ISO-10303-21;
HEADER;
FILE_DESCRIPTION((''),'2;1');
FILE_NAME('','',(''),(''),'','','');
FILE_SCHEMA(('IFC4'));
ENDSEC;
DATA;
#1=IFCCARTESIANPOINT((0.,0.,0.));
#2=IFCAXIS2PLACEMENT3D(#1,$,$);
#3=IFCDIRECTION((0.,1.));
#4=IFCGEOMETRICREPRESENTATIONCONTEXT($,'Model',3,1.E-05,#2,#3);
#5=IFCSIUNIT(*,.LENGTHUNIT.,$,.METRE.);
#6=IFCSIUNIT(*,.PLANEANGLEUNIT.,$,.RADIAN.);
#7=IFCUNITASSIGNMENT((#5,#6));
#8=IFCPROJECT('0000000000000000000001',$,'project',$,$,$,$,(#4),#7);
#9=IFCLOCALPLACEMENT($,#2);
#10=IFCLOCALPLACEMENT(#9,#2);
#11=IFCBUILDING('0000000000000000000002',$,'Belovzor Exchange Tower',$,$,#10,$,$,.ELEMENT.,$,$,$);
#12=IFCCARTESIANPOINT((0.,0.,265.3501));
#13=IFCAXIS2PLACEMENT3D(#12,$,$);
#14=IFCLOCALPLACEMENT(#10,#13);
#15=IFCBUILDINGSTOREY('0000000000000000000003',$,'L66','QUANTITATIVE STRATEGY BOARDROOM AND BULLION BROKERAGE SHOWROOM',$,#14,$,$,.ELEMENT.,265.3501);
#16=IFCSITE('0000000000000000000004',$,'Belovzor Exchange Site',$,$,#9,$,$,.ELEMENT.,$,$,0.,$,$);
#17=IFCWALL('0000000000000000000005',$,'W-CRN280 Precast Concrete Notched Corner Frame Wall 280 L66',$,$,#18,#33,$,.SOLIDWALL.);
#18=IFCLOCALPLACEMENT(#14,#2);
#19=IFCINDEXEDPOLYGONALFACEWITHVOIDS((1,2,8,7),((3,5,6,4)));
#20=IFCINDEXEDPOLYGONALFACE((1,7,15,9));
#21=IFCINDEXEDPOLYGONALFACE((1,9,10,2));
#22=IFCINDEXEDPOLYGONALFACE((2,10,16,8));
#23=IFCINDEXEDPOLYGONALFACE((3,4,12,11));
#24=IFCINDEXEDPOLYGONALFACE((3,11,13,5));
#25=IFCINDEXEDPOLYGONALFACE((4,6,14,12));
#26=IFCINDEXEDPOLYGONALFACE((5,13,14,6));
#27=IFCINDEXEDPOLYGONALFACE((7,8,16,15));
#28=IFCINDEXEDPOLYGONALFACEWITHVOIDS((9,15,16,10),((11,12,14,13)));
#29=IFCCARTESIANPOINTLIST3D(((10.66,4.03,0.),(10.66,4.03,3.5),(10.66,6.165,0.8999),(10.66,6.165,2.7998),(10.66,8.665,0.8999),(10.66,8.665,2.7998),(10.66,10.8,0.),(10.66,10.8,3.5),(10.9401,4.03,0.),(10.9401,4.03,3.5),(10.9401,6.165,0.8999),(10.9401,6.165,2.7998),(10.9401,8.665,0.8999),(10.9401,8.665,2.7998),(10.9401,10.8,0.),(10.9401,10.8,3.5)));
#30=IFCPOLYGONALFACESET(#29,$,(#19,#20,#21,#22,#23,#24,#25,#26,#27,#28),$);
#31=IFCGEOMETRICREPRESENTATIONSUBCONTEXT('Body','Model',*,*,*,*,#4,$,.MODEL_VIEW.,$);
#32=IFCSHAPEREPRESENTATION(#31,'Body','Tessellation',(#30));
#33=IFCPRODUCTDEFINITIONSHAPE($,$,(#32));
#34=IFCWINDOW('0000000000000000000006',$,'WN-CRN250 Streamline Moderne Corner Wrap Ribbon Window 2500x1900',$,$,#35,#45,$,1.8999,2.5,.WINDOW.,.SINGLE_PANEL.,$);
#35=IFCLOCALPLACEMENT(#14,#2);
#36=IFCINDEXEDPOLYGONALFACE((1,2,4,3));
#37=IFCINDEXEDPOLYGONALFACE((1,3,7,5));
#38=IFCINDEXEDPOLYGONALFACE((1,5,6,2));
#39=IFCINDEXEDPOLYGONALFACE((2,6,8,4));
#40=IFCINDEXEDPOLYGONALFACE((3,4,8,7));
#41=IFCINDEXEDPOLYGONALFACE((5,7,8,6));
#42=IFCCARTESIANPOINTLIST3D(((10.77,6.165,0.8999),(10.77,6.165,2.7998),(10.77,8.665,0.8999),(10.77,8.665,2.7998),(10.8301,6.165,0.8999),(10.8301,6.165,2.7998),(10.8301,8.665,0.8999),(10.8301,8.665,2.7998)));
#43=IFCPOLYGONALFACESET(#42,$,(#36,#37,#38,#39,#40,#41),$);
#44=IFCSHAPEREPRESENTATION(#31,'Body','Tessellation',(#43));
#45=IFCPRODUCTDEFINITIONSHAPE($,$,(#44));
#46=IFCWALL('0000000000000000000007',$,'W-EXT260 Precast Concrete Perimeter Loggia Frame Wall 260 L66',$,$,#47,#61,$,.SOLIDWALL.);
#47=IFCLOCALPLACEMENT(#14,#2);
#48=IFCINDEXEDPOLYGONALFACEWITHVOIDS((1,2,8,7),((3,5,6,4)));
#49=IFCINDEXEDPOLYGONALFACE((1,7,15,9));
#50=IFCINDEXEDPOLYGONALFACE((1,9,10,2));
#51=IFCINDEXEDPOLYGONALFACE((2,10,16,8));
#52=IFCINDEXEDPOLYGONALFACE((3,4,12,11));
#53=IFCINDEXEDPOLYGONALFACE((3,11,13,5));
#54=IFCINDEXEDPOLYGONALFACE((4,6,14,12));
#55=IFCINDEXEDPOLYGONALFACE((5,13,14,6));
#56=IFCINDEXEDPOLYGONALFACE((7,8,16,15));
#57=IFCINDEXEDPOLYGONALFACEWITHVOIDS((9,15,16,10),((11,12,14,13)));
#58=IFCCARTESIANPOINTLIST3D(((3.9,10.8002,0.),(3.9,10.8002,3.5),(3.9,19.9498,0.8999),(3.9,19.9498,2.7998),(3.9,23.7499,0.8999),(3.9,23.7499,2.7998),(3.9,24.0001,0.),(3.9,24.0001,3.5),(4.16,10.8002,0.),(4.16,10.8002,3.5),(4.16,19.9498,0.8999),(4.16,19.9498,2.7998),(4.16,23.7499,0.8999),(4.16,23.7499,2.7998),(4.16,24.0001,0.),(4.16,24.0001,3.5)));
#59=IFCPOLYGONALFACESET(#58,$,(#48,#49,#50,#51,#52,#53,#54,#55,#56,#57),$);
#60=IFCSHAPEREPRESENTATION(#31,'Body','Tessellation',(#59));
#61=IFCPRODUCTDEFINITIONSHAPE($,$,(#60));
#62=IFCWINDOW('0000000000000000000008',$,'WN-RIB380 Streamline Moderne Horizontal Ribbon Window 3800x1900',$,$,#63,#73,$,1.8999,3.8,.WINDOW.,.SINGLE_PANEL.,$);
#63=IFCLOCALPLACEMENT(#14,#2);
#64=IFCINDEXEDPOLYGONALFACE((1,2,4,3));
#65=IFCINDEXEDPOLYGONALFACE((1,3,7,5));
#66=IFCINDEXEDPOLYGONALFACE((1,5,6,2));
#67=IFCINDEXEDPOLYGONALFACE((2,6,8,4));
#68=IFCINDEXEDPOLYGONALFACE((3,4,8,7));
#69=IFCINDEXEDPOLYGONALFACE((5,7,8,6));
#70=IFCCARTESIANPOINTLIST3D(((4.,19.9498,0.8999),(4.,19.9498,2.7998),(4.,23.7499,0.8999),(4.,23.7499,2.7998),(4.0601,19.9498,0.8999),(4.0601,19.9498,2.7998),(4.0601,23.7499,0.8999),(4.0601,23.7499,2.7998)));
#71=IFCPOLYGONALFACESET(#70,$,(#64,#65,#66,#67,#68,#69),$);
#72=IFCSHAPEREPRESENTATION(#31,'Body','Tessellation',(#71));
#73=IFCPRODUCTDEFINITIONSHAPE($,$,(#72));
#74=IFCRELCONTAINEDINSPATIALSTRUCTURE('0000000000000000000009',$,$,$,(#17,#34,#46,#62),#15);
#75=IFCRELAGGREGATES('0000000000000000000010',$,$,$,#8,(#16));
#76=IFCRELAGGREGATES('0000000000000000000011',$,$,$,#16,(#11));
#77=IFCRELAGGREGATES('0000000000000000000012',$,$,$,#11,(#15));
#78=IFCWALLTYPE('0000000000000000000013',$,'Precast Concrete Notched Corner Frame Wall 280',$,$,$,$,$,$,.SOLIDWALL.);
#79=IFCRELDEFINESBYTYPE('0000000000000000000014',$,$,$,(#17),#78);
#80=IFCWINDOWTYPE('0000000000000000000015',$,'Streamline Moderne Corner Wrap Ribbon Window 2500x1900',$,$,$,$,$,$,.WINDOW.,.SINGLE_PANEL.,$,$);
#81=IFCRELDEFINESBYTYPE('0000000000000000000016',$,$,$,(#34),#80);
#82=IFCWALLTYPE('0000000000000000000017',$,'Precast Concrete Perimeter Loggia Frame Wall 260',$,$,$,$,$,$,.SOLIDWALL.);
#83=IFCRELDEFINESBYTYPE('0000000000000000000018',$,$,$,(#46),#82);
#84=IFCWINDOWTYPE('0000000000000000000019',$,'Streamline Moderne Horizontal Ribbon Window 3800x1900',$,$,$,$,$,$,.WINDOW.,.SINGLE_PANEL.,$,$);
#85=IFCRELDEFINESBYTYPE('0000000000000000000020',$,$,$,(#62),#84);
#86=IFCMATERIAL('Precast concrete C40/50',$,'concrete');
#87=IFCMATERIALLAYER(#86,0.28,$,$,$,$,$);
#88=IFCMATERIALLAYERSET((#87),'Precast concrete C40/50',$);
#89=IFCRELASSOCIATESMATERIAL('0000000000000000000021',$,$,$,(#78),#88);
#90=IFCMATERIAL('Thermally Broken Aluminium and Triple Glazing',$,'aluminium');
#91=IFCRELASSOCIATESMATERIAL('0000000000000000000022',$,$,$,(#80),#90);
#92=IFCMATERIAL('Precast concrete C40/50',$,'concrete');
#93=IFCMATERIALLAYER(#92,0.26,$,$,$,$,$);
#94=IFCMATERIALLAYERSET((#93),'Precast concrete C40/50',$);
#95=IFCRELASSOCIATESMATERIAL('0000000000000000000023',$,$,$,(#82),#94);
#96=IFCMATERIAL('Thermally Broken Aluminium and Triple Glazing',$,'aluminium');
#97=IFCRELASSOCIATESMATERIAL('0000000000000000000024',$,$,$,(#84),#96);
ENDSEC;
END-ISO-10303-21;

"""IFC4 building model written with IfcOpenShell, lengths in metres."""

from ifc_helpers import new_model, si_unit, direction, frame, frame_2d, origin, place, context, subcontext, project, spatial, rectangle, extrude, material, layer, layer_set, type_object, element, fill, save


model = new_model("IFC4")

# Units and contexts
model_context = context("Model", 3, precision=1e-05, world=origin(), true_north=direction((0.0, 1.0)))
body_context = subcontext(model_context, "Body", "Model", "MODEL_VIEW")
ifc_project = project(units=[si_unit("LENGTHUNIT", "METRE"), si_unit("PLANEANGLEUNIT", "RADIAN")], contexts=[model_context])

# Site, building, storey
site_placement = place(None, origin())
site = spatial("IfcSite", under=ifc_project, at=site_placement, Name="Belovzor Exchange Site", CompositionType="ELEMENT", RefElevation=0.0)
building_placement = place(site_placement, origin())
building = spatial("IfcBuilding", under=site, at=building_placement, Name="Belovzor Exchange Tower", CompositionType="ELEMENT")
storey_placement = place(building_placement, frame((0.0, 0.0, 265.3501)))
storey = spatial("IfcBuildingStorey", under=building, at=storey_placement, Name="L66", Description="QUANTITATIVE STRATEGY BOARDROOM AND BULLION BROKERAGE SHOWROOM", CompositionType="ELEMENT", Elevation=265.3501)

# Walls, openings, windows
ifc_material_1 = material(Name="Precast concrete C40/50", Category="concrete")
ifc_layer_1 = layer(ifc_material_1, 0.28)
ifc_layer_set_1 = layer_set([ifc_layer_1], Name="Precast concrete C40/50")
wall_type_1 = type_object("IfcWallType", Name="Precast Concrete Notched Corner Frame Wall 280", PredefinedType="SOLIDWALL", material=ifc_layer_set_1)
wall_1_placement = place(storey_placement, frame((10.8, 4.03, 0.0), z_axis=(0.0, 0.0, 1.0), x_axis=(0.0, 1.0, 0.0)))
wall_1 = element("IfcWall", 1, at=wall_1_placement, inside=storey, type_object=wall_type_1, Name="W-CRN280 Precast Concrete Notched Corner Frame Wall 280 L66", PredefinedType="SOLIDWALL", context=body_context, shape_type="SweptSolid", body=[
    extrude(rectangle(XDim=6.77, YDim=0.28, at=frame_2d((3.385, 0.0))), origin(), (0.0, 0.0, 1.0), 3.5),
])
opening_1_placement = place(wall_1_placement, frame((2.135, 0.0, 0.8999)))
opening_1 = element("IfcOpeningElement", 2, at=opening_1_placement, cuts=wall_1, PredefinedType="OPENING", context=body_context, shape_type="SweptSolid", body=[
    extrude(rectangle(XDim=2.5, YDim=1.8999, at=frame_2d((1.25, 0.95))), frame((0.0, 0.1499, 0.0), z_axis=(0.0, -1.0, 0.0), x_axis=(1.0, 0.0, 0.0)), (0.0, 0.0, 1.0), 0.3),
])
ifc_material_2 = material(Name="Thermally Broken Aluminium and Triple Glazing", Category="aluminium")
window_type_1 = type_object("IfcWindowType", Name="Streamline Moderne Corner Wrap Ribbon Window 2500x1900", PartitioningType="SINGLE_PANEL", PredefinedType="WINDOW", material=ifc_material_2)
window_1_placement = place(opening_1_placement, origin())
window_1 = element("IfcWindow", 3, at=window_1_placement, inside=storey, type_object=window_type_1, Name="WN-CRN250 Streamline Moderne Corner Wrap Ribbon Window 2500x1900", OverallHeight=1.8999, OverallWidth=2.5, PartitioningType="SINGLE_PANEL", PredefinedType="WINDOW", context=body_context, shape_type="SweptSolid", body=[
    extrude(rectangle(XDim=2.5, YDim=1.8999, at=frame_2d((1.25, 0.95))), frame((0.0, 0.03, 0.0), z_axis=(0.0, -1.0, 0.0), x_axis=(1.0, 0.0, 0.0)), (0.0, 0.0, 1.0), 0.0601),
])
fill(opening_1, window_1)
ifc_material_3 = material(Name="Precast concrete C40/50", Category="concrete")
ifc_layer_2 = layer(ifc_material_3, 0.26)
ifc_layer_set_2 = layer_set([ifc_layer_2], Name="Precast concrete C40/50")
wall_type_2 = type_object("IfcWallType", Name="Precast Concrete Perimeter Loggia Frame Wall 260", PredefinedType="SOLIDWALL", material=ifc_layer_set_2)
wall_2_placement = place(storey_placement, frame((4.03, 10.8, 0.0), z_axis=(0.0, 0.0, 1.0), x_axis=(0.0, 1.0, 0.0)))
wall_2 = element("IfcWall", 4, at=wall_2_placement, inside=storey, type_object=wall_type_2, Name="W-EXT260 Precast Concrete Perimeter Loggia Frame Wall 260 L66", PredefinedType="SOLIDWALL", context=body_context, shape_type="SweptSolid", body=[
    extrude(rectangle(XDim=13.2, YDim=0.26, at=frame_2d((6.6001, 0.0))), origin(), (0.0, 0.0, 1.0), 3.5),
])
opening_2_placement = place(wall_2_placement, frame((9.1499, 0.0, 0.8999)))
opening_2 = element("IfcOpeningElement", 5, at=opening_2_placement, cuts=wall_2, PredefinedType="OPENING", context=body_context, shape_type="SweptSolid", body=[
    extrude(rectangle(XDim=3.8, YDim=1.8999, at=frame_2d((1.8999, 0.95))), frame((0.0, 0.1399, 0.0), z_axis=(0.0, -1.0, 0.0), x_axis=(1.0, 0.0, 0.0)), (0.0, 0.0, 1.0), 0.28),
])
ifc_material_4 = material(Name="Thermally Broken Aluminium and Triple Glazing", Category="aluminium")
window_type_2 = type_object("IfcWindowType", Name="Streamline Moderne Horizontal Ribbon Window 3800x1900", PartitioningType="SINGLE_PANEL", PredefinedType="WINDOW", material=ifc_material_4)
window_2_placement = place(opening_2_placement, origin())
window_2 = element("IfcWindow", 6, at=window_2_placement, inside=storey, type_object=window_type_2, Name="WN-RIB380 Streamline Moderne Horizontal Ribbon Window 3800x1900", OverallHeight=1.8999, OverallWidth=3.8, PartitioningType="SINGLE_PANEL", PredefinedType="WINDOW", context=body_context, shape_type="SweptSolid", body=[
    extrude(rectangle(XDim=3.8, YDim=1.8999, at=frame_2d((1.8999, 0.95))), frame((0.0, 0.03, 0.0), z_axis=(0.0, -1.0, 0.0), x_axis=(1.0, 0.0, 0.0)), (0.0, 0.0, 1.0), 0.0601),
])
fill(opening_2, window_2)

save(model, "model.ifc")
